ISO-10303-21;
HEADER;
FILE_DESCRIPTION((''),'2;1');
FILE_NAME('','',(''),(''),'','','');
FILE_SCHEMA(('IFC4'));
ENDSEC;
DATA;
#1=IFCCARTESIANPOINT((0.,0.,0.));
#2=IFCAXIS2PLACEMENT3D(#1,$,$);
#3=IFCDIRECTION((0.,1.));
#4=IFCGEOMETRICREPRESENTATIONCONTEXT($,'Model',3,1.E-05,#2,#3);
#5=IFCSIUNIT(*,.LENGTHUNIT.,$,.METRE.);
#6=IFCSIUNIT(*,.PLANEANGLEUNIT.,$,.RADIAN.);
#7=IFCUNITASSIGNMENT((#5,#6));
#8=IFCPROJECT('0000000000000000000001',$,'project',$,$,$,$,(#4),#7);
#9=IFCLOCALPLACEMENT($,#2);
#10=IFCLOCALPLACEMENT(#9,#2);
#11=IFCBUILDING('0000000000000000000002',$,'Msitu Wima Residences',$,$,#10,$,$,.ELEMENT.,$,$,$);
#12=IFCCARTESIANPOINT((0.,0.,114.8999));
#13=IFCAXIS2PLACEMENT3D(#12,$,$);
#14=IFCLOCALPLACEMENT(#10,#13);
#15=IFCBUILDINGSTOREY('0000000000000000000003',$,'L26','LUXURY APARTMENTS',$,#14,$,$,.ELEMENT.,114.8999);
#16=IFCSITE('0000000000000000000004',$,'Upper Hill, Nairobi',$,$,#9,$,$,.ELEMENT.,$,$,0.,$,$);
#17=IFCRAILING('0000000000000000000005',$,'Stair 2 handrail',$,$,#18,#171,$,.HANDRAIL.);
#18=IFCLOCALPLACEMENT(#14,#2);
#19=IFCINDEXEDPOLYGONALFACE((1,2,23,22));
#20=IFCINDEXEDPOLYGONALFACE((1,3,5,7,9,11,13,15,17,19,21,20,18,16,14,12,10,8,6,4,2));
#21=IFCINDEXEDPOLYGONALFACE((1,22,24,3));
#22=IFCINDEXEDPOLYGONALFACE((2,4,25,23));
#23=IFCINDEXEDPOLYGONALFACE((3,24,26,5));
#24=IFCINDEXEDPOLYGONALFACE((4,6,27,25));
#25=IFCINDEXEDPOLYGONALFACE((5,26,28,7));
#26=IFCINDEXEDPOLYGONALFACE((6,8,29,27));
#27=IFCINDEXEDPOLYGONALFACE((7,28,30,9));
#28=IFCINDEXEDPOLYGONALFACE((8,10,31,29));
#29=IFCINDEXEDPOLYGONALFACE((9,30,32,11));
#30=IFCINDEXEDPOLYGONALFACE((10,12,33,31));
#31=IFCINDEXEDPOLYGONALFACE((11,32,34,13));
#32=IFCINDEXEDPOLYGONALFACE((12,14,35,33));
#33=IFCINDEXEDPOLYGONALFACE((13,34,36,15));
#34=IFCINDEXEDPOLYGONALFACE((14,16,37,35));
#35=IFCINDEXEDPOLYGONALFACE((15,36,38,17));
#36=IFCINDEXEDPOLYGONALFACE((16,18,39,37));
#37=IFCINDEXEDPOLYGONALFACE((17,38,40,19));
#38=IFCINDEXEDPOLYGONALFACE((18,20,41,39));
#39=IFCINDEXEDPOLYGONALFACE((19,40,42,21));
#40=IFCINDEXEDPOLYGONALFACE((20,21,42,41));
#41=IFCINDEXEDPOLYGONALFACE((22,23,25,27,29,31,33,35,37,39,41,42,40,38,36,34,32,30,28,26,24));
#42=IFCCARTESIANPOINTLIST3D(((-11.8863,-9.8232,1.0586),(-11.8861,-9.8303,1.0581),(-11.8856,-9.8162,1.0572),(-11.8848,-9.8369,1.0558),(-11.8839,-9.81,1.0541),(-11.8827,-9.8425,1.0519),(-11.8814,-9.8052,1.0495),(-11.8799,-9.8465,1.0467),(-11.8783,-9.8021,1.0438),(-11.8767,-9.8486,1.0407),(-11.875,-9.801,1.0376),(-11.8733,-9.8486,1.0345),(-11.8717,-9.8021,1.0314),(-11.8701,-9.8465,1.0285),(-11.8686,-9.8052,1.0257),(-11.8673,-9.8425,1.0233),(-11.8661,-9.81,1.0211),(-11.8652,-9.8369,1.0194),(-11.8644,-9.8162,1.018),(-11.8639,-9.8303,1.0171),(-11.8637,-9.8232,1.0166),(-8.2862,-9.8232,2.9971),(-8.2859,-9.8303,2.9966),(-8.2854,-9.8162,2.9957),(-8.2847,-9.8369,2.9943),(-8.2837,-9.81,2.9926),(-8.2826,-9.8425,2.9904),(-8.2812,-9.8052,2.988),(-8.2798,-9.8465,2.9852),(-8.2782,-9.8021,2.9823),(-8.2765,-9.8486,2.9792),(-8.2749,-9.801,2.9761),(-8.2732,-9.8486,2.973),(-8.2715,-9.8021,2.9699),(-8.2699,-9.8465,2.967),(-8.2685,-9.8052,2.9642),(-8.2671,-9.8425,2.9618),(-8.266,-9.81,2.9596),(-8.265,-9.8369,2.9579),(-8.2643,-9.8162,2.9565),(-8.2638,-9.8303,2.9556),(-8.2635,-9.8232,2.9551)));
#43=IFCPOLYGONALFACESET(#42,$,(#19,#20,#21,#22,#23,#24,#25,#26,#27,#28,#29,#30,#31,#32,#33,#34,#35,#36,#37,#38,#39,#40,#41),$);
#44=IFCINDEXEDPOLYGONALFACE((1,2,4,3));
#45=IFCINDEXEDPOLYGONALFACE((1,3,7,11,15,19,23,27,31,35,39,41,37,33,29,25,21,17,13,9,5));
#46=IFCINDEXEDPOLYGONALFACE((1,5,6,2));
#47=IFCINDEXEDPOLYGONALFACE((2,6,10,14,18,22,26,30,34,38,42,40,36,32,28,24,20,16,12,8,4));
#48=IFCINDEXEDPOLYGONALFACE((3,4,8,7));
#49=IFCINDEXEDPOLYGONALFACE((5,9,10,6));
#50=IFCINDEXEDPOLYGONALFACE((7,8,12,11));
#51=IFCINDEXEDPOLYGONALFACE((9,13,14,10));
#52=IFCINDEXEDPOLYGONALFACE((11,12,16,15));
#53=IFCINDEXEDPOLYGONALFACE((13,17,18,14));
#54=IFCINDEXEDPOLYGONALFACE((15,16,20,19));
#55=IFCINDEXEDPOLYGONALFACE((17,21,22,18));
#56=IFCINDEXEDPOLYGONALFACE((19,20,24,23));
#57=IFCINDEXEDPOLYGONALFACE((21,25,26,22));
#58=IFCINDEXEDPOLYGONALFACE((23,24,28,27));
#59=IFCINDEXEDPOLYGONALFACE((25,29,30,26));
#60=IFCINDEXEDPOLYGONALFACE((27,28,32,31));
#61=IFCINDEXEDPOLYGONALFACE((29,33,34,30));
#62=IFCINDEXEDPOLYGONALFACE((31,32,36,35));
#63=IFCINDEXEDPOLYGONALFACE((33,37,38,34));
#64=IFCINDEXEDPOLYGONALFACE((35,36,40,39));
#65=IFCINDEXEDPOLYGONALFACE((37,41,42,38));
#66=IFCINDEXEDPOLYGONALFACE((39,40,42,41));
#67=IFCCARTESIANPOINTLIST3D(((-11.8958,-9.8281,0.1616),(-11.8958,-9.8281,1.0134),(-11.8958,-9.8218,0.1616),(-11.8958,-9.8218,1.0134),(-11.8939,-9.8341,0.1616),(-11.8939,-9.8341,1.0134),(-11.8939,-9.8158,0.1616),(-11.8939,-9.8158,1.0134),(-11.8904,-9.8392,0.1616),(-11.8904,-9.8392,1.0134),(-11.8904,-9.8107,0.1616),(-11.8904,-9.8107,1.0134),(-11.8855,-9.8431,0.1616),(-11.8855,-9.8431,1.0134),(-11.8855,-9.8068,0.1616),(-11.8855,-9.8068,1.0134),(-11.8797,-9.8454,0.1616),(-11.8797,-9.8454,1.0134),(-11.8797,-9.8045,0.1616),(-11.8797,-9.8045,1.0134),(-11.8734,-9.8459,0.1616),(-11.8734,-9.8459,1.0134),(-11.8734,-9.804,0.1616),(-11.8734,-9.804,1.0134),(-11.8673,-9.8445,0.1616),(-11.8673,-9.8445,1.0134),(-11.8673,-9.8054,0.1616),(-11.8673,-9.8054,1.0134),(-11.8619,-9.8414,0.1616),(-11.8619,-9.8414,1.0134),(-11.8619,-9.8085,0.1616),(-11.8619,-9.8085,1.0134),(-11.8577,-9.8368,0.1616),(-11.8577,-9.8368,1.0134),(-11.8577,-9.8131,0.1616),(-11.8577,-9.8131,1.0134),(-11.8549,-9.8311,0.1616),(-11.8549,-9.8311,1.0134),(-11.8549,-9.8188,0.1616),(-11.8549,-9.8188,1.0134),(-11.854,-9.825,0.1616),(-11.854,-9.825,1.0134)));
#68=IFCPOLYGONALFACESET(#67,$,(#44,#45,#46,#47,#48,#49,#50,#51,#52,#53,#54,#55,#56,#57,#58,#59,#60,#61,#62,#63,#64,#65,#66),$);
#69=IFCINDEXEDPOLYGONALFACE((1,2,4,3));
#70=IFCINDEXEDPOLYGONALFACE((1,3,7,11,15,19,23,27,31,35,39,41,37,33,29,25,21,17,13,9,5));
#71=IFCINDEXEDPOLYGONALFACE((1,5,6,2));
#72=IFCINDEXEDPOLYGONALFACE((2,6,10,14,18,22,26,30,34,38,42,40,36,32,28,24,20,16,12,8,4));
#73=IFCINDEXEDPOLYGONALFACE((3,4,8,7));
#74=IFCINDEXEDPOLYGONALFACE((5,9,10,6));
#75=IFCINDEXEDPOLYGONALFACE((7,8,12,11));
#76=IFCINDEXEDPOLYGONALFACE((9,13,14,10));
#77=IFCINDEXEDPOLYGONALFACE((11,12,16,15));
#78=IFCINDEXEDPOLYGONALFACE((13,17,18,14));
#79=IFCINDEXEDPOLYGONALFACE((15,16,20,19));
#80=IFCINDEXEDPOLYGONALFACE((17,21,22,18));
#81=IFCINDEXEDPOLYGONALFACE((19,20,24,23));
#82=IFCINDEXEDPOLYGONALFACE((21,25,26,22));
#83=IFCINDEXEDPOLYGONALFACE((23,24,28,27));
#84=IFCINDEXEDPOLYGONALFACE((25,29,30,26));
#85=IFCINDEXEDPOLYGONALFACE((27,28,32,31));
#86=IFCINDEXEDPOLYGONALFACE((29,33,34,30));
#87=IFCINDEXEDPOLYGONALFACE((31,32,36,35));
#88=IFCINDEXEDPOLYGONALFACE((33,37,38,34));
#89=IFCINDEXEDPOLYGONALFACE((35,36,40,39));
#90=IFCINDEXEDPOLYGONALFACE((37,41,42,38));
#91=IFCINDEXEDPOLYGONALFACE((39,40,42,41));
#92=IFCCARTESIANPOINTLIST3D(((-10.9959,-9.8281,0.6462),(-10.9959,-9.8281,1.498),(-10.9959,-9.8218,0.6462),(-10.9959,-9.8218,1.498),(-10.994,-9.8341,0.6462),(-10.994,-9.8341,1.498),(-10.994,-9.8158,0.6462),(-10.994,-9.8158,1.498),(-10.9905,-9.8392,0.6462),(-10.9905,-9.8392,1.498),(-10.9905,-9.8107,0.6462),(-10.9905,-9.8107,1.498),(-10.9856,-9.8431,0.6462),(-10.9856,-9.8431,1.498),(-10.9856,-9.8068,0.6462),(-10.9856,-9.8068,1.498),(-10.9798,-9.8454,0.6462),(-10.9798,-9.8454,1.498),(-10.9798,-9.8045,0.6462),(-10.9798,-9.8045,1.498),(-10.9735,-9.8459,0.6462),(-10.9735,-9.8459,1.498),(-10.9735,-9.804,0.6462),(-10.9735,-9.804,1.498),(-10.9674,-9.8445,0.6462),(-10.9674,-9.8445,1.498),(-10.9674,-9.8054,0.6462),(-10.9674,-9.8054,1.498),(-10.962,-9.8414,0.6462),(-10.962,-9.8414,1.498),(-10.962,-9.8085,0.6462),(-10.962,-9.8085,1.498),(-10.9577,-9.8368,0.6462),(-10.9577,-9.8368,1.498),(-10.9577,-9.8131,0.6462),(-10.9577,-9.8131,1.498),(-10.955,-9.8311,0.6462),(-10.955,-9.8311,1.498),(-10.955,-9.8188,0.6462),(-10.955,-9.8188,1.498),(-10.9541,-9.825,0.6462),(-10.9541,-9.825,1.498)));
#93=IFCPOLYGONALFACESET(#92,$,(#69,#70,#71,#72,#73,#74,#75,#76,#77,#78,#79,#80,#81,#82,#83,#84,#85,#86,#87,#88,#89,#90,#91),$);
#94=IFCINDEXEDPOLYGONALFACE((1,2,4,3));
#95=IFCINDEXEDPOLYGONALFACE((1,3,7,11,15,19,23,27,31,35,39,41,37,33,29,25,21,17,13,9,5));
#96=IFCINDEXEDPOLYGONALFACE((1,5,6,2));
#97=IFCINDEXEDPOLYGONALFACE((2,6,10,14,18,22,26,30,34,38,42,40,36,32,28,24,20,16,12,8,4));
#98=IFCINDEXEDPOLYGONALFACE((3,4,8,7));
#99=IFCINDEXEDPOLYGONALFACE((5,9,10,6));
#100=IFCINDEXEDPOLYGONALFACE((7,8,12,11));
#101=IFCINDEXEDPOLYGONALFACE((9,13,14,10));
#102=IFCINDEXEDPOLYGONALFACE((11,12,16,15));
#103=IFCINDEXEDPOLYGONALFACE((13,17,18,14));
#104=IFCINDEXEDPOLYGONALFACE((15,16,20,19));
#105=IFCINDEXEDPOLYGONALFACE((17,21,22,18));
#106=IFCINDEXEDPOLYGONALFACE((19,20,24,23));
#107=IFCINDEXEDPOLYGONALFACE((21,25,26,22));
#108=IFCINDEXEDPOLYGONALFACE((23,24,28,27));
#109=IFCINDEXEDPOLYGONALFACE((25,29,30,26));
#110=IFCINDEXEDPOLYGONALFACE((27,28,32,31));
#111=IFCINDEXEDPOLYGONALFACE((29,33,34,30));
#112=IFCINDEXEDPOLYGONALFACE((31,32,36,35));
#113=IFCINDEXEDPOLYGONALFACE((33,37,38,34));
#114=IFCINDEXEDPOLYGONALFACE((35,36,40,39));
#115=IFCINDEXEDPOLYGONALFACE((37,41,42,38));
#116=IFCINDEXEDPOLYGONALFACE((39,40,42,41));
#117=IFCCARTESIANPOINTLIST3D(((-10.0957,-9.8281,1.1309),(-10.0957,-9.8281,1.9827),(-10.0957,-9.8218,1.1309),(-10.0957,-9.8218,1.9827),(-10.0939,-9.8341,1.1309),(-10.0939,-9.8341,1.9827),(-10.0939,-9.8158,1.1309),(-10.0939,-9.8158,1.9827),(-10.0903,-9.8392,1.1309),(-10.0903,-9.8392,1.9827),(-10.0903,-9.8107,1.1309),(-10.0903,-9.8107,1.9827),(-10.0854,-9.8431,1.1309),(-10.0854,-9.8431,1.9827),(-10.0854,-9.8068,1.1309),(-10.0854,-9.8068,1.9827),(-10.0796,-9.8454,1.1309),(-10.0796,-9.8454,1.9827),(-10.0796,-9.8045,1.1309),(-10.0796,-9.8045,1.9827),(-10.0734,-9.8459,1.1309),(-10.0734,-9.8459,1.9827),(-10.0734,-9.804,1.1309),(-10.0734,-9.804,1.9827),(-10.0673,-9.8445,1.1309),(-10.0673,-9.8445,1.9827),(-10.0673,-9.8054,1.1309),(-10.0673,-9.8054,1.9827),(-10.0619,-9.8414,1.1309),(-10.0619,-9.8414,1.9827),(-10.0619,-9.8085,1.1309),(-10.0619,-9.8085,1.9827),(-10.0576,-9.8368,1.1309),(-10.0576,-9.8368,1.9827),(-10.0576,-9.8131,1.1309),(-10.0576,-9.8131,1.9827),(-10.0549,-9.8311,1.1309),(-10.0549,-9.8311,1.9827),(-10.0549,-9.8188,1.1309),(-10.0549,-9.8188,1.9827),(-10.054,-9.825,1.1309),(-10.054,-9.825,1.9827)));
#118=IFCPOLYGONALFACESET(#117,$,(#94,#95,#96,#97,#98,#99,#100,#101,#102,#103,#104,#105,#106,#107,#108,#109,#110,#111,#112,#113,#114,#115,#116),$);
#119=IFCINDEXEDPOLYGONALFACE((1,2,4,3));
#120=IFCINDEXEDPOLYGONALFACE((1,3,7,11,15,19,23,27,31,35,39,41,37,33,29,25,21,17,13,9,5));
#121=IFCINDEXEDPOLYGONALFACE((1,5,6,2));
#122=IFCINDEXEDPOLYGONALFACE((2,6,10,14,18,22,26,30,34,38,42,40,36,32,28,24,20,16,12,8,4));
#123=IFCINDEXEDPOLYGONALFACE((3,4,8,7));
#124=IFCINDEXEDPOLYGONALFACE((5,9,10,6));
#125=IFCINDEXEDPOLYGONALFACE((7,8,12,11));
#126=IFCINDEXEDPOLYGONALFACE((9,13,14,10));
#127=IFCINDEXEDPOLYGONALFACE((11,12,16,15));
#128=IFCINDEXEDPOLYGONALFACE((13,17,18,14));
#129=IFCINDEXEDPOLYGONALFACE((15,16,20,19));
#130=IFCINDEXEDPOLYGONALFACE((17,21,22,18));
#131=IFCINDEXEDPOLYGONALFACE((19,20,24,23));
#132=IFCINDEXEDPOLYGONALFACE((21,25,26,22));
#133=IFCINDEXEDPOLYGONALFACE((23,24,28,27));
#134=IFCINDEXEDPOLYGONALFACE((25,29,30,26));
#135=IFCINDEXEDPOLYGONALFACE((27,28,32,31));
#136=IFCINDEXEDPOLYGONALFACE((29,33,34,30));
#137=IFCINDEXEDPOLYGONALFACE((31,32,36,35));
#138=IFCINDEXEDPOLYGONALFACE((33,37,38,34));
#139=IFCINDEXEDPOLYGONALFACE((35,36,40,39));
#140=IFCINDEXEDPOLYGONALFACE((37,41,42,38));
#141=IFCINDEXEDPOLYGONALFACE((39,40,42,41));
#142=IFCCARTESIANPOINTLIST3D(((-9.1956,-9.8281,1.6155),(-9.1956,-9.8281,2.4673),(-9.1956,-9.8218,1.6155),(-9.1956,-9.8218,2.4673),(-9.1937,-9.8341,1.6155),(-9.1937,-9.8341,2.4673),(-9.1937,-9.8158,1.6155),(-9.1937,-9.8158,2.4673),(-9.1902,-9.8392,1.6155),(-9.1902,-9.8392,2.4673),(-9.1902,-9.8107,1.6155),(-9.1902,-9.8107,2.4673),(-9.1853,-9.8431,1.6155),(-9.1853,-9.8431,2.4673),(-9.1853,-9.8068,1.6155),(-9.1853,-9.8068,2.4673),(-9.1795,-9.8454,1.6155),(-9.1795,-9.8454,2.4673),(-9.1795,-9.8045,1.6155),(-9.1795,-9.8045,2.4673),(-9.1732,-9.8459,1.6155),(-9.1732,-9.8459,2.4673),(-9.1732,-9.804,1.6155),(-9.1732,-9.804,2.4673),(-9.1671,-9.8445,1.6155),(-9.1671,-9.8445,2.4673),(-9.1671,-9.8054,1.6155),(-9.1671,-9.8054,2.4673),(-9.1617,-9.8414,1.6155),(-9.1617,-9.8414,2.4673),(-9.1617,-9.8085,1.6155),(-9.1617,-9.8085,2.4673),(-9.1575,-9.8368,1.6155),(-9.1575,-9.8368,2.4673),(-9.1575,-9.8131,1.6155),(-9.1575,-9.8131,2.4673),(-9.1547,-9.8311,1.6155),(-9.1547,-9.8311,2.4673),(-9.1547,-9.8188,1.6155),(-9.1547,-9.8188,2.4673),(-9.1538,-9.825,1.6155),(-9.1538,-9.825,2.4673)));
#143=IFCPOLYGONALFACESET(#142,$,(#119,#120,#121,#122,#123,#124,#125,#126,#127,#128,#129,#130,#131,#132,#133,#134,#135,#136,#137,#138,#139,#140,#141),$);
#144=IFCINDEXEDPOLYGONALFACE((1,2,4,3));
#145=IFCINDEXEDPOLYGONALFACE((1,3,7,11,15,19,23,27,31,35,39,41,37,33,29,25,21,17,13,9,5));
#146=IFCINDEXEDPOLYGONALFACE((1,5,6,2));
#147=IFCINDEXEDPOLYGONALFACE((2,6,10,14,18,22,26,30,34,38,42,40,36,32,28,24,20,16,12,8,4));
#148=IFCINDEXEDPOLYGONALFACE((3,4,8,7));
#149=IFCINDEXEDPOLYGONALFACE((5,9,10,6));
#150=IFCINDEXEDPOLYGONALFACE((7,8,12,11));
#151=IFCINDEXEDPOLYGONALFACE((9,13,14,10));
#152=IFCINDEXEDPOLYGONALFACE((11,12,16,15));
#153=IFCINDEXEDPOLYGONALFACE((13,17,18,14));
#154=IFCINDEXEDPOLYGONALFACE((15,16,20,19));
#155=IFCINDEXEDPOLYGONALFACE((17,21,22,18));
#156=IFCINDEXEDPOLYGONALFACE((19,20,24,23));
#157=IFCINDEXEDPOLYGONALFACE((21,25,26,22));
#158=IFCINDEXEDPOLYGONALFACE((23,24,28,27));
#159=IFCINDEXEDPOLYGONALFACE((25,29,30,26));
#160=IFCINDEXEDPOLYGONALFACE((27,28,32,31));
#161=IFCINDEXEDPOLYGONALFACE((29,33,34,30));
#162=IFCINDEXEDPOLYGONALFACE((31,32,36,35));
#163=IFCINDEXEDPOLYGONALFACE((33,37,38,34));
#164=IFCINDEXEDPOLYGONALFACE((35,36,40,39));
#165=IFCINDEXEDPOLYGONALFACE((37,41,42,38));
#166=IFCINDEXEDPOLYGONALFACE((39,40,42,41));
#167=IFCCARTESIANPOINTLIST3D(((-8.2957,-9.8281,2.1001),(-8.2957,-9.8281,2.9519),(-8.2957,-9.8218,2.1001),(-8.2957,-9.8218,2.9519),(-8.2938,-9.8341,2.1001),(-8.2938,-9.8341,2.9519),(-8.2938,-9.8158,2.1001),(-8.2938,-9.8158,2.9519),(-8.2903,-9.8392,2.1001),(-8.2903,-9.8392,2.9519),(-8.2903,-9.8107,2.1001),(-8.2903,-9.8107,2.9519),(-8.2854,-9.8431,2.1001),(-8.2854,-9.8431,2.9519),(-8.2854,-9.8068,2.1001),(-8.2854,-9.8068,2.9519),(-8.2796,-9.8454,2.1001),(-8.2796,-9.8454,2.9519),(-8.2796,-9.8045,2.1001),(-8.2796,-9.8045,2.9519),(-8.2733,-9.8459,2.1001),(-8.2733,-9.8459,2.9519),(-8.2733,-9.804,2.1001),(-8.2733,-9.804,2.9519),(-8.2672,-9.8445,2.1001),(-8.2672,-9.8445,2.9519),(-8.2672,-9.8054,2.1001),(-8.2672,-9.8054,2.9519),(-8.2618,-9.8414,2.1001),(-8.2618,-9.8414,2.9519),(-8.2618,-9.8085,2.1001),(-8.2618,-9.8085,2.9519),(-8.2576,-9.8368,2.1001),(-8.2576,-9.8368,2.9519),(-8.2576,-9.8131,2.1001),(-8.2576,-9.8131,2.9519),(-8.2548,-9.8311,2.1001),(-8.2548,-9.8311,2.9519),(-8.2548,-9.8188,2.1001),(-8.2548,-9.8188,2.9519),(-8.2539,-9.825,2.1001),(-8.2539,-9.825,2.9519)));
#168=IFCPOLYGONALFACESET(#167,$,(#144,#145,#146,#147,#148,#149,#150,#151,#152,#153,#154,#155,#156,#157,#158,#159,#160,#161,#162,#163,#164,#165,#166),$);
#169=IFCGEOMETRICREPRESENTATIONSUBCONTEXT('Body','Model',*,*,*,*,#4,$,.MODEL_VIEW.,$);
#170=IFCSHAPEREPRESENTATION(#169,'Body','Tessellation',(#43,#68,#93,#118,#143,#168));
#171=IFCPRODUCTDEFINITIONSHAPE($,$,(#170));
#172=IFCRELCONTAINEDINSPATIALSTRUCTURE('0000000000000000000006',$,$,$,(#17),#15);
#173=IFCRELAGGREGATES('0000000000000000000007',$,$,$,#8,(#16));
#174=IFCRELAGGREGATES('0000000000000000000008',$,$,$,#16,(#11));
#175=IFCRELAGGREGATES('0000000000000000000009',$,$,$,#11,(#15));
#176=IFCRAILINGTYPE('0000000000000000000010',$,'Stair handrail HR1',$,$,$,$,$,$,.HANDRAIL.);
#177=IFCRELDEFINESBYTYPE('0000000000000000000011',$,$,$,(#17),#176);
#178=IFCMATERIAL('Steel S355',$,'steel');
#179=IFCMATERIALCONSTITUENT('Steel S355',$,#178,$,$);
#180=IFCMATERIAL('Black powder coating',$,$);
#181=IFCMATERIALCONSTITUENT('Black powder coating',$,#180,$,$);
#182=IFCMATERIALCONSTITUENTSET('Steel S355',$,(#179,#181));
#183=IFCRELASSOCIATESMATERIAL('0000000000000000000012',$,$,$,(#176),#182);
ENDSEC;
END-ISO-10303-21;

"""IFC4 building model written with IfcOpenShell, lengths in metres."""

from ifc_helpers import new_model, si_unit, direction, frame, origin, origin_2d, place, context, subcontext, project, spatial, circle, extrude, material, constituent, constituent_set, type_object, element, save


model = new_model("IFC4")

# Units and contexts
model_context = context("Model", 3, precision=1e-05, world=origin(), true_north=direction((0.0, 1.0)))
body_context = subcontext(model_context, "Body", "Model", "MODEL_VIEW")
ifc_project = project(units=[si_unit("LENGTHUNIT", "METRE"), si_unit("PLANEANGLEUNIT", "RADIAN")], contexts=[model_context])

# Site, building, storey
site_placement = place(None, origin())
site = spatial("IfcSite", under=ifc_project, at=site_placement, Name="Upper Hill, Nairobi", CompositionType="ELEMENT", RefElevation=0.0)
building_placement = place(site_placement, origin())
building = spatial("IfcBuilding", under=site, at=building_placement, Name="Msitu Wima Residences", CompositionType="ELEMENT")
storey_placement = place(building_placement, frame((0.0, 0.0, 114.8999)))
storey = spatial("IfcBuildingStorey", under=building, at=storey_placement, Name="L26", Description="LUXURY APARTMENTS", CompositionType="ELEMENT", Elevation=114.8999)

# Railing
ifc_material_1 = material(Name="Steel S355", Category="steel")
ifc_constituent_1 = constituent(ifc_material_1, Name="Steel S355")
ifc_material_2 = material(Name="Black powder coating")
ifc_constituent_2 = constituent(ifc_material_2, Name="Black powder coating")
ifc_constituent_set = constituent_set(constituents=[ifc_constituent_1, ifc_constituent_2], Name="Steel S355")
railing_type = type_object("IfcRailingType", Name="Stair handrail HR1", PredefinedType="HANDRAIL", material=ifc_constituent_set)
for number, where, name in (
    (1, (-11.875, -9.825, 0.1616), "Stair 2 handrail"),
):
    element("IfcRailing", number, at=place(storey_placement, frame(where)), inside=storey, type_object=railing_type, Name=name, PredefinedType="HANDRAIL", context=body_context, shape_type="SweptSolid", body=[
        extrude(circle(Radius=0.0239, at=origin_2d()), frame((0.0, 0.0, 0.876), z_axis=(0.880475, 0.0, 0.474093), x_axis=(0.0, 1.0, 0.0)), (0.0, 0.0, 1.0), 4.0889),
        extrude(circle(Radius=0.021, at=origin_2d()), origin(), (0.0, 0.0, 1.0), 0.8518),
        extrude(circle(Radius=0.021, at=origin_2d()), frame((0.8999, 0.0, 0.4846)), (0.0, 0.0, 1.0), 0.8518),
        extrude(circle(Radius=0.021, at=origin_2d()), frame((1.8, 0.0, 0.9692)), (0.0, 0.0, 1.0), 0.8518),
        extrude(circle(Radius=0.021, at=origin_2d()), frame((2.7002, 0.0, 1.4539)), (0.0, 0.0, 1.0), 0.8518),
        extrude(circle(Radius=0.021, at=origin_2d()), frame((3.6001, 0.0, 1.9385)), (0.0, 0.0, 1.0), 0.8518),
    ])

save(model, "model.ifc")
